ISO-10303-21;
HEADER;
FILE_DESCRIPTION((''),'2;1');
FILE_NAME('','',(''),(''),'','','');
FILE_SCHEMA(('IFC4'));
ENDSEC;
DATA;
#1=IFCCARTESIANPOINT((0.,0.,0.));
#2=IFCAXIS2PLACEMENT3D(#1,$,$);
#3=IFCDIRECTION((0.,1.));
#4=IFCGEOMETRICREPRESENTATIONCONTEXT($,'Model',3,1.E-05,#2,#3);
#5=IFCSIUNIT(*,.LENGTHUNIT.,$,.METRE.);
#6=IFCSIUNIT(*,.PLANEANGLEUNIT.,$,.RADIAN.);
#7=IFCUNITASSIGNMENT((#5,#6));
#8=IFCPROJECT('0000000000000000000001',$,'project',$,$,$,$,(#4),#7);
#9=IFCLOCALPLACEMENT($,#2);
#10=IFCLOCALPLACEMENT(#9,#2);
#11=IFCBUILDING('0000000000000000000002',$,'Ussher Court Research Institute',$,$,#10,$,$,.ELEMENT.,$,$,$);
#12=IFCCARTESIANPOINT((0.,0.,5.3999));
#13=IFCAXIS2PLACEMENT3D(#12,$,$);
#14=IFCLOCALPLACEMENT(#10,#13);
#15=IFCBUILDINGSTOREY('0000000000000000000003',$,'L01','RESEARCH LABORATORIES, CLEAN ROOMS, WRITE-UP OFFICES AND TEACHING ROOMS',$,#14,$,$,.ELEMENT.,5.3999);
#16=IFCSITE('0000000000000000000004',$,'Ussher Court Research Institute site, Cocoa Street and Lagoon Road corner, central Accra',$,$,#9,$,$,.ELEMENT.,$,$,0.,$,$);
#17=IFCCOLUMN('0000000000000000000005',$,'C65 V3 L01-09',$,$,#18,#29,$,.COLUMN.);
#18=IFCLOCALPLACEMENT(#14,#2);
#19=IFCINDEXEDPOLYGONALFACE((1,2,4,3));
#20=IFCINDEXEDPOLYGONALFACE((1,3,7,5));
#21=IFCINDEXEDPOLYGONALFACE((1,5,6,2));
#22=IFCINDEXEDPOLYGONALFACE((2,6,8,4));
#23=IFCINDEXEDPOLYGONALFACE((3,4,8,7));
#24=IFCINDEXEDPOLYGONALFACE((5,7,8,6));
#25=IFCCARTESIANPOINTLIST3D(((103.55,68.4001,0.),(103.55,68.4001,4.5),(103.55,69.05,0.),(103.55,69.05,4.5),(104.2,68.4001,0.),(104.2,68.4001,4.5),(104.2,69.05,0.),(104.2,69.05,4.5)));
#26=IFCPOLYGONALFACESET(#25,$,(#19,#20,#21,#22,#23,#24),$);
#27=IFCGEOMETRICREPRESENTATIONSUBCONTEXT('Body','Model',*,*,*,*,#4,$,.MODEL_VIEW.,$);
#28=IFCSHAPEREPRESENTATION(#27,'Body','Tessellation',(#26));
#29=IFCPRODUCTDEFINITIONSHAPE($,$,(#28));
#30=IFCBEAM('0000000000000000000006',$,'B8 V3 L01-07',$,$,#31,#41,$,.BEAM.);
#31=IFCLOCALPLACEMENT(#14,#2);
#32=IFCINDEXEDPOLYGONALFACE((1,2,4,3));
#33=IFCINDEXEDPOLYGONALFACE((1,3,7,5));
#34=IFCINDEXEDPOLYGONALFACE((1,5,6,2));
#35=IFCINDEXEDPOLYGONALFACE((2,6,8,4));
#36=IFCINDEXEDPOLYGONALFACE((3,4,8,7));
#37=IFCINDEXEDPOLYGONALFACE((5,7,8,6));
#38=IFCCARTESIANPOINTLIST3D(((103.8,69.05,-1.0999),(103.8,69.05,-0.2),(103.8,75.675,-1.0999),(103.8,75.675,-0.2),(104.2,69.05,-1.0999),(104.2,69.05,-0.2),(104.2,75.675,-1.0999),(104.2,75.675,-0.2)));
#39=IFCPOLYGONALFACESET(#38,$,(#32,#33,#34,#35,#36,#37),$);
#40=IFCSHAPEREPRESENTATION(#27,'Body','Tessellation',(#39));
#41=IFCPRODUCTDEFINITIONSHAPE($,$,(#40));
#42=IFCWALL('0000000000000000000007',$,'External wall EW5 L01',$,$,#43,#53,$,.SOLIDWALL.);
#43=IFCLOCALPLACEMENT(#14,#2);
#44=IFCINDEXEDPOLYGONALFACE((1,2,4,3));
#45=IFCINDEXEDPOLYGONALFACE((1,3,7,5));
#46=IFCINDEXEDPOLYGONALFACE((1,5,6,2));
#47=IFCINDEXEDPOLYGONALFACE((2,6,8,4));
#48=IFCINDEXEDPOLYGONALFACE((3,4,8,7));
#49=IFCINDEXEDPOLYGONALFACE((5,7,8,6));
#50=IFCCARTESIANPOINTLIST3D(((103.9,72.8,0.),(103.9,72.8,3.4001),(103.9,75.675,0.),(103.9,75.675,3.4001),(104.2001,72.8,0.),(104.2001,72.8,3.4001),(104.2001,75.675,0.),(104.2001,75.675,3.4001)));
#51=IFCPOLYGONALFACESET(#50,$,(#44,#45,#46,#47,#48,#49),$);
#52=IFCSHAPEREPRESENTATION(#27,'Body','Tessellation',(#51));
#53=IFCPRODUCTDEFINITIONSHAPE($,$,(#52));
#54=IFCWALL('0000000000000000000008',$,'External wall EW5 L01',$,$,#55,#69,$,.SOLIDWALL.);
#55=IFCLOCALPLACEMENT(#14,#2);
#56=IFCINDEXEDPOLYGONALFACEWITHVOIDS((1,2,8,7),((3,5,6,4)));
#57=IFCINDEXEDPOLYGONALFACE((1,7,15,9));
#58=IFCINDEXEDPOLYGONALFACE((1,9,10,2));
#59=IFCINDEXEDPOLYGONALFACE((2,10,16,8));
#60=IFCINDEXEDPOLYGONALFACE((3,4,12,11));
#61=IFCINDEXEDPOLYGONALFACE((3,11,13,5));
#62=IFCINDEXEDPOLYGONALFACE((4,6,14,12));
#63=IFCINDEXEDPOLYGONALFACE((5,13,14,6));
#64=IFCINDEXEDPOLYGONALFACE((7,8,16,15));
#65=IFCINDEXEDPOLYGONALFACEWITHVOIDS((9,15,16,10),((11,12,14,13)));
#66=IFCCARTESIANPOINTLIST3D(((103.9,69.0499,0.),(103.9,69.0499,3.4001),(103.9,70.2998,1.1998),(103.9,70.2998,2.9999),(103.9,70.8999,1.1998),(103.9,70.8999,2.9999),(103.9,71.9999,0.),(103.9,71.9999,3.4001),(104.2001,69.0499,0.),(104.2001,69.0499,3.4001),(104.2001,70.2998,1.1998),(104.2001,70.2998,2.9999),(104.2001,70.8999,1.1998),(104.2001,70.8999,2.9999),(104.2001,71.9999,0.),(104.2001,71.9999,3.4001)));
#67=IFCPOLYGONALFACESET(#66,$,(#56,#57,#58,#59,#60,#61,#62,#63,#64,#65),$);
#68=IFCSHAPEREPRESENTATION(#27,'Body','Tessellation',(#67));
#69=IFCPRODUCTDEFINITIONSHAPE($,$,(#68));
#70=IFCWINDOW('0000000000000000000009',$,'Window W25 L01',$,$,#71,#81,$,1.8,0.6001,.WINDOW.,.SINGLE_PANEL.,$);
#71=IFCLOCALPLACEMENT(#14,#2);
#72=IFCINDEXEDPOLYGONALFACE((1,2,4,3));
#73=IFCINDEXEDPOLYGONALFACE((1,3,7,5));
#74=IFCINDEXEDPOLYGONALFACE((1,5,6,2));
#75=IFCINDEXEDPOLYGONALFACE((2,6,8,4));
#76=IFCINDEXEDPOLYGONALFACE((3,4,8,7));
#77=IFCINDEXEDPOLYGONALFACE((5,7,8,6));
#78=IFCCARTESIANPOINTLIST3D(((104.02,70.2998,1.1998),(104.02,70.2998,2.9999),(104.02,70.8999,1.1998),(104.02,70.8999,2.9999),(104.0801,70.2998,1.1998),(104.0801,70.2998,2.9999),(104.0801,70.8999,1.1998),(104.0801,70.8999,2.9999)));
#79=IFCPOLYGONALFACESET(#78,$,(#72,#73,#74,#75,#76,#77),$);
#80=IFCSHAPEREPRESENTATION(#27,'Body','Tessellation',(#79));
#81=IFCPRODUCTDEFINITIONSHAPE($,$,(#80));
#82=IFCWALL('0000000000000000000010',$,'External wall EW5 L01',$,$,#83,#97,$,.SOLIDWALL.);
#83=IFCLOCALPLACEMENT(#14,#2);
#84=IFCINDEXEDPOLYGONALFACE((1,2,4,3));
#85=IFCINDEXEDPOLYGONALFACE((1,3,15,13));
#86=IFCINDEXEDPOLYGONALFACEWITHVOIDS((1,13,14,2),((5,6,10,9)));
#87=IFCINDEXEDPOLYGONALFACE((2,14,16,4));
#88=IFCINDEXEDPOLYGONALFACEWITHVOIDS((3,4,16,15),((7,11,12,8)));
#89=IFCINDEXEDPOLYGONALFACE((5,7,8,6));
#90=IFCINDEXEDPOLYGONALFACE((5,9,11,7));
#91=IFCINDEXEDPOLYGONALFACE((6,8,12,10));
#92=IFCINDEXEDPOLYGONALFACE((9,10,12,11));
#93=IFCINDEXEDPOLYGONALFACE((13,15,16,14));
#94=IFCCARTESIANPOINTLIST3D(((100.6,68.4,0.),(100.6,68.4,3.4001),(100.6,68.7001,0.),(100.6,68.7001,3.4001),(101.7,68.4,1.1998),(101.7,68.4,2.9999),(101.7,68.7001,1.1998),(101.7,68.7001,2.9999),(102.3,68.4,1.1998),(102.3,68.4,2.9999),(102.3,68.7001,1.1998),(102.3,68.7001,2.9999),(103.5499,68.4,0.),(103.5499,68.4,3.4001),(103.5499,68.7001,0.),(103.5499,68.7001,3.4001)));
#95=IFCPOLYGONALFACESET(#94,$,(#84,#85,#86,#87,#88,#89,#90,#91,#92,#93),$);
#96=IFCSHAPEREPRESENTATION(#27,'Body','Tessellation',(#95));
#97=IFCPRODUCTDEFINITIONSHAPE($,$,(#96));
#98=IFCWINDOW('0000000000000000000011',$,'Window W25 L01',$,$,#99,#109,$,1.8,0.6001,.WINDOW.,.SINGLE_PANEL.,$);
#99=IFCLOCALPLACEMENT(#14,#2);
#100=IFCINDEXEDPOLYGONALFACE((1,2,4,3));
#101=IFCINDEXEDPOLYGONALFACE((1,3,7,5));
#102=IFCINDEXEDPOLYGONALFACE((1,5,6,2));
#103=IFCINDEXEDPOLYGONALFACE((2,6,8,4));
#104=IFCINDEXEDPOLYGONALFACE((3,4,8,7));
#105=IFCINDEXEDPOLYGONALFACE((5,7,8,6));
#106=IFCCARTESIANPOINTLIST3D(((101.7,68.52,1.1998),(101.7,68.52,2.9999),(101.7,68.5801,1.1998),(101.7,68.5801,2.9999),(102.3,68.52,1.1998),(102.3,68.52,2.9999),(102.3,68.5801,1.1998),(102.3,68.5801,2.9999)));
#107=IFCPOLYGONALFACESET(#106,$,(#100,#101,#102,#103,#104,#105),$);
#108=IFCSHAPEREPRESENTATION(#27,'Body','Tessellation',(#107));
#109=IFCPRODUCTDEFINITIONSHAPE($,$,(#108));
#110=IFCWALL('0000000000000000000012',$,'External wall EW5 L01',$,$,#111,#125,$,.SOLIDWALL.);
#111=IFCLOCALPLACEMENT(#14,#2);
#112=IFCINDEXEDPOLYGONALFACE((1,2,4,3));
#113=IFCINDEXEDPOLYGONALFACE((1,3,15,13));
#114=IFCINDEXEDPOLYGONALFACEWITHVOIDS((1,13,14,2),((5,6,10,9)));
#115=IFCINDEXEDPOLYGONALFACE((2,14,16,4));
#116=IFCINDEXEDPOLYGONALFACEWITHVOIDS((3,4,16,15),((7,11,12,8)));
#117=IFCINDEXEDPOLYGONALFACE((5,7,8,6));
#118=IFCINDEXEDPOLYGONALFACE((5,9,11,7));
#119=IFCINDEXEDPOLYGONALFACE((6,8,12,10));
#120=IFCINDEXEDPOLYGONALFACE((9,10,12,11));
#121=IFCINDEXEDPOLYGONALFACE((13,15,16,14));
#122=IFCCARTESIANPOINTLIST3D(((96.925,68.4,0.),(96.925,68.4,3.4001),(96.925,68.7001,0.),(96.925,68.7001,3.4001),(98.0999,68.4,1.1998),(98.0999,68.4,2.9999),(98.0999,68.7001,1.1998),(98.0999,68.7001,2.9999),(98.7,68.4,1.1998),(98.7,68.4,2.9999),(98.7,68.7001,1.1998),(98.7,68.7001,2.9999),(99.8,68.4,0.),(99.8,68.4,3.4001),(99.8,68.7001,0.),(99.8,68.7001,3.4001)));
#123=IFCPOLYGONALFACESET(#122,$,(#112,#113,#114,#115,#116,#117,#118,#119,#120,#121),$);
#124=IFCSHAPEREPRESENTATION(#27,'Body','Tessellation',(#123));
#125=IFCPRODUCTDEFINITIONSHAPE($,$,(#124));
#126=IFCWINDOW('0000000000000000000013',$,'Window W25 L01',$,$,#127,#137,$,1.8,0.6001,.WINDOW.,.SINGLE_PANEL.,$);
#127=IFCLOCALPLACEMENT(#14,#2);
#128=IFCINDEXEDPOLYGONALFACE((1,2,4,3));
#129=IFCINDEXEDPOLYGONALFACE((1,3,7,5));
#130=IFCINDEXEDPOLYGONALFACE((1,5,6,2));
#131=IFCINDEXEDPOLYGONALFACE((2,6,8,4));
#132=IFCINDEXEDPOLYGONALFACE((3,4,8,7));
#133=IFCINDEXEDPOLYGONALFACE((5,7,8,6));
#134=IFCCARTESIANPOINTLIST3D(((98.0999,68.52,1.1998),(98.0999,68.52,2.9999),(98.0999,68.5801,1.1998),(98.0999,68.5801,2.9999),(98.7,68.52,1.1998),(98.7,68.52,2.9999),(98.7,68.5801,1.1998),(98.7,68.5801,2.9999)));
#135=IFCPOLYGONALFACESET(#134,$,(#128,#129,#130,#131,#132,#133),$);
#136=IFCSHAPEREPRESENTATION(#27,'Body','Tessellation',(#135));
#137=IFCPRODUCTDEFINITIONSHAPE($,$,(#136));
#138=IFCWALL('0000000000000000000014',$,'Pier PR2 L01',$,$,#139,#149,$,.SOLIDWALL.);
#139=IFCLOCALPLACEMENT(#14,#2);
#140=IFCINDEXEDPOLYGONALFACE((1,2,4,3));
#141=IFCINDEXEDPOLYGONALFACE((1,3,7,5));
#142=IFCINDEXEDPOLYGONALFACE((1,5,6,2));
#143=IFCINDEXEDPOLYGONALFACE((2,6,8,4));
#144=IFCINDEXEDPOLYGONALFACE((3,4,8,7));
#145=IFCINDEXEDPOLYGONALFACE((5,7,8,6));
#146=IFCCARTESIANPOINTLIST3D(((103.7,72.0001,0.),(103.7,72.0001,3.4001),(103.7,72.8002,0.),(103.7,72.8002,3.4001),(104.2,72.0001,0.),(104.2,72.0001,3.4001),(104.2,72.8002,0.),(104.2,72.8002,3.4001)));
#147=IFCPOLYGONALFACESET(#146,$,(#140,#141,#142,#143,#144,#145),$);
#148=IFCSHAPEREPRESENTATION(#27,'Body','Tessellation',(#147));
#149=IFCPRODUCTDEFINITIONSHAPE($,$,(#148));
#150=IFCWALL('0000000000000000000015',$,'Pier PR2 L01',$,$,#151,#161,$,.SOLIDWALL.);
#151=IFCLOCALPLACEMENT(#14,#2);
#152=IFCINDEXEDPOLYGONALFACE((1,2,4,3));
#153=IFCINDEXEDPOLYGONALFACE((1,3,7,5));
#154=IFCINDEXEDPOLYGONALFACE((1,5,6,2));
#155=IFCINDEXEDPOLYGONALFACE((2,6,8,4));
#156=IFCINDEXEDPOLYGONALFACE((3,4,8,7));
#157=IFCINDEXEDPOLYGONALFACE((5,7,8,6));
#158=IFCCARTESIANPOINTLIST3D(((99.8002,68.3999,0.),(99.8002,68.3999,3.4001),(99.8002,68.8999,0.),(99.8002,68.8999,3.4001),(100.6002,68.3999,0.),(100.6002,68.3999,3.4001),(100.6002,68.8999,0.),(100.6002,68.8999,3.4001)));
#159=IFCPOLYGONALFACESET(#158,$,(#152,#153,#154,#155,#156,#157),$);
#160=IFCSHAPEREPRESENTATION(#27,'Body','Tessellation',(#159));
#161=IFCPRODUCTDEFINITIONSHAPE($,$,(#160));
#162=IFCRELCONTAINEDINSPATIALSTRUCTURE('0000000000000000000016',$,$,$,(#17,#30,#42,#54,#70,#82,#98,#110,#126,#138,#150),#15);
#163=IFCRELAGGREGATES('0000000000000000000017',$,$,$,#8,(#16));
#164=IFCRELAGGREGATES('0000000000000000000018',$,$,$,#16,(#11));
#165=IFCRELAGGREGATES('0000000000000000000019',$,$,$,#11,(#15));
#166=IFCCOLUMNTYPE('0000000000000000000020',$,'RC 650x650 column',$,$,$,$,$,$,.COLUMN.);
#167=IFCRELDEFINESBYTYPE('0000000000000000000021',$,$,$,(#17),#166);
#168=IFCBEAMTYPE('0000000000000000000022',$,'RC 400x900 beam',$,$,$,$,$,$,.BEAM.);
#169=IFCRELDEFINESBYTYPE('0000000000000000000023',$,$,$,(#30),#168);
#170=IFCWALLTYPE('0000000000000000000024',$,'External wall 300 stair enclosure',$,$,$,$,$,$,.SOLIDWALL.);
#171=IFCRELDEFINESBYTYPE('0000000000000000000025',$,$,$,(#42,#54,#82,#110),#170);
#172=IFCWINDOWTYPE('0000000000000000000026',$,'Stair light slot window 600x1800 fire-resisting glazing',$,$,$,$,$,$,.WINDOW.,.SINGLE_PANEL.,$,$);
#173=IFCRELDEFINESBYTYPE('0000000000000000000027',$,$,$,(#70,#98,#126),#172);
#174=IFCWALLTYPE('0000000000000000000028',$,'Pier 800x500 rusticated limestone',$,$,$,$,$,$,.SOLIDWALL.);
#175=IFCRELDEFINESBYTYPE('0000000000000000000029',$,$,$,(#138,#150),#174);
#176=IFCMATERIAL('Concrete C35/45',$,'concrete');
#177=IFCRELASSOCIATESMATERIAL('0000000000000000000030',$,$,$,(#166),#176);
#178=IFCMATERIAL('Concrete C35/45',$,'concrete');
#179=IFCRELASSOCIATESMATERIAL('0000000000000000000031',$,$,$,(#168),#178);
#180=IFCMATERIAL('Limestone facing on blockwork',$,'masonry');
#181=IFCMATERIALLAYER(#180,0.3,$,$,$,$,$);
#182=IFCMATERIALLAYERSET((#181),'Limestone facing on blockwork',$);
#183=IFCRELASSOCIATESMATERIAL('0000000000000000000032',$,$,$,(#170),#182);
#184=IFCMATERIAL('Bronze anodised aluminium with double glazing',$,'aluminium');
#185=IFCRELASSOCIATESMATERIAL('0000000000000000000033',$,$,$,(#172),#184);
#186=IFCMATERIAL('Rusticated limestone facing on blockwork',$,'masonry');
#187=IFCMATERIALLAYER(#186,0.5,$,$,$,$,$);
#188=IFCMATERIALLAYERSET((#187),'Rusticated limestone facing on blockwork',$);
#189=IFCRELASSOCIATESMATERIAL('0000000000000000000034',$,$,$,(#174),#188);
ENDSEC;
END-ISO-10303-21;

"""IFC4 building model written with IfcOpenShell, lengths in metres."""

from ifc_helpers import new_model, si_unit, direction, frame, frame_2d, origin, origin_2d, place, context, subcontext, project, spatial, rectangle, extrude, material, layer, layer_set, material_profile, profile_set, type_object, element, fill, save


model = new_model("IFC4")

# Units and contexts
model_context = context("Model", 3, precision=1e-05, world=origin(), true_north=direction((0.0, 1.0)))
body_context = subcontext(model_context, "Body", "Model", "MODEL_VIEW")
ifc_project = project(units=[si_unit("LENGTHUNIT", "METRE"), si_unit("PLANEANGLEUNIT", "RADIAN")], contexts=[model_context])

# Site, building, storey
site_placement = place(None, origin())
site = spatial("IfcSite", under=ifc_project, at=site_placement, Name="Ussher Court Research Institute site, Cocoa Street and Lagoon Road corner, central Accra", CompositionType="ELEMENT", RefElevation=0.0)
building_placement = place(site_placement, origin())
building = spatial("IfcBuilding", under=site, at=building_placement, Name="Ussher Court Research Institute", CompositionType="ELEMENT")
storey_placement = place(building_placement, frame((0.0, 0.0, 5.3999)))
storey = spatial("IfcBuildingStorey", under=building, at=storey_placement, Name="L01", Description="RESEARCH LABORATORIES, CLEAN ROOMS, WRITE-UP OFFICES AND TEACHING ROOMS", CompositionType="ELEMENT", Elevation=5.3999)

# Column
ifc_material_1 = material(Name="Concrete C35/45", Category="concrete")
ifc_material_profile_1 = material_profile(ifc_material_1, rectangle(XDim=0.6499, YDim=0.6499, at=origin_2d()), Name="RC 650x650")
ifc_profile_set_1 = profile_set([ifc_material_profile_1], Name="Concrete C35/45")
column_type = type_object("IfcColumnType", Name="RC 650x650 column", PredefinedType="COLUMN", material=ifc_profile_set_1)
column_placement = place(storey_placement, frame((103.875, 68.7251, 0.0), z_axis=(0.0, 0.0, 1.0), x_axis=(1.0, 0.0, 0.0)))
element("IfcColumn", 1, at=column_placement, inside=storey, type_object=column_type, Name="C65 V3 L01-09", PredefinedType="COLUMN", context=body_context, shape_type="SweptSolid", body=[
    extrude(rectangle(XDim=0.6499, YDim=0.6499, at=origin_2d()), origin(), (0.0, 0.0, 1.0), 4.5),
])

# Beam
ifc_material_2 = material(Name="Concrete C35/45", Category="concrete")
ifc_material_profile_2 = material_profile(ifc_material_2, rectangle(XDim=0.3999, YDim=0.8999, at=origin_2d()), Name="RC 400x900")
ifc_profile_set_2 = profile_set([ifc_material_profile_2], Name="Concrete C35/45")
beam_type = type_object("IfcBeamType", Name="RC 400x900 beam", PredefinedType="BEAM", material=ifc_profile_set_2)
beam_placement = place(storey_placement, frame((104.0, 69.05, -0.6499), z_axis=(0.0, 1.0, 0.0), x_axis=(-1.0, 0.0, 0.0)))
element("IfcBeam", 2, at=beam_placement, inside=storey, type_object=beam_type, Name="B8 V3 L01-07", PredefinedType="BEAM", context=body_context, shape_type="SweptSolid", body=[
    extrude(rectangle(XDim=0.3999, YDim=0.8999, at=origin_2d()), origin(), (0.0, 0.0, 1.0), 6.625),
])

# Wall
ifc_material_3 = material(Name="Limestone facing on blockwork", Category="masonry")
ifc_layer_1 = layer(ifc_material_3, 0.3)
ifc_layer_set_1 = layer_set([ifc_layer_1], Name="Limestone facing on blockwork")
wall_type_1 = type_object("IfcWallType", Name="External wall 300 stair enclosure", PredefinedType="SOLIDWALL", material=ifc_layer_set_1)
wall_1_placement = place(storey_placement, frame((104.05, 75.675, 0.0), z_axis=(0.0, 0.0, 1.0), x_axis=(0.0, -1.0, 0.0)))
element("IfcWall", 3, at=wall_1_placement, inside=storey, type_object=wall_type_1, Name="External wall EW5 L01", PredefinedType="SOLIDWALL", context=body_context, shape_type="SweptSolid", body=[
    extrude(rectangle(XDim=2.875, YDim=0.3, at=frame_2d((1.4375, 0.0))), origin(), (0.0, 0.0, 1.0), 3.4001),
])

# Walls, openings, windows
wall_2_placement = place(storey_placement, frame((104.05, 72.0, 0.0), z_axis=(0.0, 0.0, 1.0), x_axis=(0.0, -1.0, 0.0)))
wall_2 = element("IfcWall", 4, at=wall_2_placement, inside=storey, type_object=wall_type_1, Name="External wall EW5 L01", PredefinedType="SOLIDWALL", context=body_context, shape_type="SweptSolid", body=[
    extrude(rectangle(XDim=2.95, YDim=0.3, at=frame_2d((1.4751, 0.0))), origin(), (0.0, 0.0, 1.0), 3.4001),
])
opening_1_placement = place(wall_2_placement, frame((1.1001, 0.0, 1.2)))
opening_1 = element("IfcOpeningElement", 5, at=opening_1_placement, cuts=wall_2, PredefinedType="OPENING", context=body_context, shape_type="SweptSolid", body=[
    extrude(rectangle(XDim=0.6001, YDim=1.8, at=frame_2d((0.3, 0.8999))), frame((0.0, 0.1602, 0.0), z_axis=(0.0, -1.0, 0.0), x_axis=(1.0, 0.0, 0.0)), (0.0, 0.0, 1.0), 0.3201),
])
ifc_material_4 = material(Name="Bronze anodised aluminium with double glazing", Category="aluminium")
window_type = type_object("IfcWindowType", Name="Stair light slot window 600x1800 fire-resisting glazing", PartitioningType="SINGLE_PANEL", PredefinedType="WINDOW", material=ifc_material_4)
window_1_placement = place(opening_1_placement, origin())
window_1 = element("IfcWindow", 6, at=window_1_placement, inside=storey, type_object=window_type, Name="Window W25 L01", OverallHeight=1.8, OverallWidth=0.6001, PartitioningType="SINGLE_PANEL", PredefinedType="WINDOW", context=body_context, shape_type="SweptSolid", body=[
    extrude(rectangle(XDim=0.6001, YDim=1.8, at=frame_2d((0.3, 0.8999))), frame((0.0, 0.03, 0.0), z_axis=(0.0, -1.0, 0.0), x_axis=(1.0, 0.0, 0.0)), (0.0, 0.0, 1.0), 0.0601),
])
fill(opening_1, window_1)
wall_3_placement = place(storey_placement, frame((103.55, 68.55, 0.0), z_axis=(0.0, 0.0, 1.0), x_axis=(-1.0, 0.0, 0.0)))
wall_3 = element("IfcWall", 7, at=wall_3_placement, inside=storey, type_object=wall_type_1, Name="External wall EW5 L01", PredefinedType="SOLIDWALL", context=body_context, shape_type="SweptSolid", body=[
    extrude(rectangle(XDim=2.95, YDim=0.3, at=frame_2d((1.4751, 0.0))), origin(), (0.0, 0.0, 1.0), 3.4001),
])
opening_2_placement = place(wall_3_placement, frame((1.25, 0.0, 1.2)))
opening_2 = element("IfcOpeningElement", 8, at=opening_2_placement, cuts=wall_3, PredefinedType="OPENING", context=body_context, shape_type="SweptSolid", body=[
    extrude(rectangle(XDim=0.6001, YDim=1.8, at=frame_2d((0.3, 0.8999))), frame((0.0, 0.1602, 0.0), z_axis=(0.0, -1.0, 0.0), x_axis=(1.0, 0.0, 0.0)), (0.0, 0.0, 1.0), 0.3201),
])
window_2_placement = place(opening_2_placement, origin())
window_2 = element("IfcWindow", 9, at=window_2_placement, inside=storey, type_object=window_type, Name="Window W25 L01", OverallHeight=1.8, OverallWidth=0.6001, PartitioningType="SINGLE_PANEL", PredefinedType="WINDOW", context=body_context, shape_type="SweptSolid", body=[
    extrude(rectangle(XDim=0.6001, YDim=1.8, at=frame_2d((0.3, 0.8999))), frame((0.0, 0.03, 0.0), z_axis=(0.0, -1.0, 0.0), x_axis=(1.0, 0.0, 0.0)), (0.0, 0.0, 1.0), 0.0601),
])
fill(opening_2, window_2)
wall_4_placement = place(storey_placement, frame((99.8, 68.55, 0.0), z_axis=(0.0, 0.0, 1.0), x_axis=(-1.0, 0.0, 0.0)))
wall_4 = element("IfcWall", 10, at=wall_4_placement, inside=storey, type_object=wall_type_1, Name="External wall EW5 L01", PredefinedType="SOLIDWALL", context=body_context, shape_type="SweptSolid", body=[
    extrude(rectangle(XDim=2.875, YDim=0.3, at=frame_2d((1.4375, 0.0))), origin(), (0.0, 0.0, 1.0), 3.4001),
])
opening_3_placement = place(wall_4_placement, frame((1.1001, 0.0, 1.2)))
opening_3 = element("IfcOpeningElement", 11, at=opening_3_placement, cuts=wall_4, PredefinedType="OPENING", context=body_context, shape_type="SweptSolid", body=[
    extrude(rectangle(XDim=0.6001, YDim=1.8, at=frame_2d((0.3, 0.8999))), frame((0.0, 0.1602, 0.0), z_axis=(0.0, -1.0, 0.0), x_axis=(1.0, 0.0, 0.0)), (0.0, 0.0, 1.0), 0.3201),
])
window_3_placement = place(opening_3_placement, origin())
window_3 = element("IfcWindow", 12, at=window_3_placement, inside=storey, type_object=window_type, Name="Window W25 L01", OverallHeight=1.8, OverallWidth=0.6001, PartitioningType="SINGLE_PANEL", PredefinedType="WINDOW", context=body_context, shape_type="SweptSolid", body=[
    extrude(rectangle(XDim=0.6001, YDim=1.8, at=frame_2d((0.3, 0.8999))), frame((0.0, 0.03, 0.0), z_axis=(0.0, -1.0, 0.0), x_axis=(1.0, 0.0, 0.0)), (0.0, 0.0, 1.0), 0.0601),
])
fill(opening_3, window_3)

# Walls
ifc_material_5 = material(Name="Rusticated limestone facing on blockwork", Category="masonry")
ifc_layer_2 = layer(ifc_material_5, 0.5)
ifc_layer_set_2 = layer_set([ifc_layer_2], Name="Rusticated limestone facing on blockwork")
wall_type_2 = type_object("IfcWallType", Name="Pier 800x500 rusticated limestone", PredefinedType="SOLIDWALL", material=ifc_layer_set_2)
for number, where, z_axis, x_axis, name in (
    (13, (103.95, 72.8, 0.0), (0.0, 0.0, 1.0), (0.0, -1.0, 0.0), "Pier PR2 L01"),
    (14, (100.6001, 68.6499, 0.0), (0.0, 0.0, 1.0), (-1.0, 0.0, 0.0), "Pier PR2 L01"),
):
    element("IfcWall", number, at=place(storey_placement, frame(where, z_axis=z_axis, x_axis=x_axis)), inside=storey, type_object=wall_type_2, Name=name, PredefinedType="SOLIDWALL", context=body_context, shape_type="SweptSolid", body=[
        extrude(rectangle(XDim=0.8, YDim=0.5, at=frame_2d((0.3999, 0.0))), origin(), (0.0, 0.0, 1.0), 3.4001),
    ])

save(model, "model.ifc")
